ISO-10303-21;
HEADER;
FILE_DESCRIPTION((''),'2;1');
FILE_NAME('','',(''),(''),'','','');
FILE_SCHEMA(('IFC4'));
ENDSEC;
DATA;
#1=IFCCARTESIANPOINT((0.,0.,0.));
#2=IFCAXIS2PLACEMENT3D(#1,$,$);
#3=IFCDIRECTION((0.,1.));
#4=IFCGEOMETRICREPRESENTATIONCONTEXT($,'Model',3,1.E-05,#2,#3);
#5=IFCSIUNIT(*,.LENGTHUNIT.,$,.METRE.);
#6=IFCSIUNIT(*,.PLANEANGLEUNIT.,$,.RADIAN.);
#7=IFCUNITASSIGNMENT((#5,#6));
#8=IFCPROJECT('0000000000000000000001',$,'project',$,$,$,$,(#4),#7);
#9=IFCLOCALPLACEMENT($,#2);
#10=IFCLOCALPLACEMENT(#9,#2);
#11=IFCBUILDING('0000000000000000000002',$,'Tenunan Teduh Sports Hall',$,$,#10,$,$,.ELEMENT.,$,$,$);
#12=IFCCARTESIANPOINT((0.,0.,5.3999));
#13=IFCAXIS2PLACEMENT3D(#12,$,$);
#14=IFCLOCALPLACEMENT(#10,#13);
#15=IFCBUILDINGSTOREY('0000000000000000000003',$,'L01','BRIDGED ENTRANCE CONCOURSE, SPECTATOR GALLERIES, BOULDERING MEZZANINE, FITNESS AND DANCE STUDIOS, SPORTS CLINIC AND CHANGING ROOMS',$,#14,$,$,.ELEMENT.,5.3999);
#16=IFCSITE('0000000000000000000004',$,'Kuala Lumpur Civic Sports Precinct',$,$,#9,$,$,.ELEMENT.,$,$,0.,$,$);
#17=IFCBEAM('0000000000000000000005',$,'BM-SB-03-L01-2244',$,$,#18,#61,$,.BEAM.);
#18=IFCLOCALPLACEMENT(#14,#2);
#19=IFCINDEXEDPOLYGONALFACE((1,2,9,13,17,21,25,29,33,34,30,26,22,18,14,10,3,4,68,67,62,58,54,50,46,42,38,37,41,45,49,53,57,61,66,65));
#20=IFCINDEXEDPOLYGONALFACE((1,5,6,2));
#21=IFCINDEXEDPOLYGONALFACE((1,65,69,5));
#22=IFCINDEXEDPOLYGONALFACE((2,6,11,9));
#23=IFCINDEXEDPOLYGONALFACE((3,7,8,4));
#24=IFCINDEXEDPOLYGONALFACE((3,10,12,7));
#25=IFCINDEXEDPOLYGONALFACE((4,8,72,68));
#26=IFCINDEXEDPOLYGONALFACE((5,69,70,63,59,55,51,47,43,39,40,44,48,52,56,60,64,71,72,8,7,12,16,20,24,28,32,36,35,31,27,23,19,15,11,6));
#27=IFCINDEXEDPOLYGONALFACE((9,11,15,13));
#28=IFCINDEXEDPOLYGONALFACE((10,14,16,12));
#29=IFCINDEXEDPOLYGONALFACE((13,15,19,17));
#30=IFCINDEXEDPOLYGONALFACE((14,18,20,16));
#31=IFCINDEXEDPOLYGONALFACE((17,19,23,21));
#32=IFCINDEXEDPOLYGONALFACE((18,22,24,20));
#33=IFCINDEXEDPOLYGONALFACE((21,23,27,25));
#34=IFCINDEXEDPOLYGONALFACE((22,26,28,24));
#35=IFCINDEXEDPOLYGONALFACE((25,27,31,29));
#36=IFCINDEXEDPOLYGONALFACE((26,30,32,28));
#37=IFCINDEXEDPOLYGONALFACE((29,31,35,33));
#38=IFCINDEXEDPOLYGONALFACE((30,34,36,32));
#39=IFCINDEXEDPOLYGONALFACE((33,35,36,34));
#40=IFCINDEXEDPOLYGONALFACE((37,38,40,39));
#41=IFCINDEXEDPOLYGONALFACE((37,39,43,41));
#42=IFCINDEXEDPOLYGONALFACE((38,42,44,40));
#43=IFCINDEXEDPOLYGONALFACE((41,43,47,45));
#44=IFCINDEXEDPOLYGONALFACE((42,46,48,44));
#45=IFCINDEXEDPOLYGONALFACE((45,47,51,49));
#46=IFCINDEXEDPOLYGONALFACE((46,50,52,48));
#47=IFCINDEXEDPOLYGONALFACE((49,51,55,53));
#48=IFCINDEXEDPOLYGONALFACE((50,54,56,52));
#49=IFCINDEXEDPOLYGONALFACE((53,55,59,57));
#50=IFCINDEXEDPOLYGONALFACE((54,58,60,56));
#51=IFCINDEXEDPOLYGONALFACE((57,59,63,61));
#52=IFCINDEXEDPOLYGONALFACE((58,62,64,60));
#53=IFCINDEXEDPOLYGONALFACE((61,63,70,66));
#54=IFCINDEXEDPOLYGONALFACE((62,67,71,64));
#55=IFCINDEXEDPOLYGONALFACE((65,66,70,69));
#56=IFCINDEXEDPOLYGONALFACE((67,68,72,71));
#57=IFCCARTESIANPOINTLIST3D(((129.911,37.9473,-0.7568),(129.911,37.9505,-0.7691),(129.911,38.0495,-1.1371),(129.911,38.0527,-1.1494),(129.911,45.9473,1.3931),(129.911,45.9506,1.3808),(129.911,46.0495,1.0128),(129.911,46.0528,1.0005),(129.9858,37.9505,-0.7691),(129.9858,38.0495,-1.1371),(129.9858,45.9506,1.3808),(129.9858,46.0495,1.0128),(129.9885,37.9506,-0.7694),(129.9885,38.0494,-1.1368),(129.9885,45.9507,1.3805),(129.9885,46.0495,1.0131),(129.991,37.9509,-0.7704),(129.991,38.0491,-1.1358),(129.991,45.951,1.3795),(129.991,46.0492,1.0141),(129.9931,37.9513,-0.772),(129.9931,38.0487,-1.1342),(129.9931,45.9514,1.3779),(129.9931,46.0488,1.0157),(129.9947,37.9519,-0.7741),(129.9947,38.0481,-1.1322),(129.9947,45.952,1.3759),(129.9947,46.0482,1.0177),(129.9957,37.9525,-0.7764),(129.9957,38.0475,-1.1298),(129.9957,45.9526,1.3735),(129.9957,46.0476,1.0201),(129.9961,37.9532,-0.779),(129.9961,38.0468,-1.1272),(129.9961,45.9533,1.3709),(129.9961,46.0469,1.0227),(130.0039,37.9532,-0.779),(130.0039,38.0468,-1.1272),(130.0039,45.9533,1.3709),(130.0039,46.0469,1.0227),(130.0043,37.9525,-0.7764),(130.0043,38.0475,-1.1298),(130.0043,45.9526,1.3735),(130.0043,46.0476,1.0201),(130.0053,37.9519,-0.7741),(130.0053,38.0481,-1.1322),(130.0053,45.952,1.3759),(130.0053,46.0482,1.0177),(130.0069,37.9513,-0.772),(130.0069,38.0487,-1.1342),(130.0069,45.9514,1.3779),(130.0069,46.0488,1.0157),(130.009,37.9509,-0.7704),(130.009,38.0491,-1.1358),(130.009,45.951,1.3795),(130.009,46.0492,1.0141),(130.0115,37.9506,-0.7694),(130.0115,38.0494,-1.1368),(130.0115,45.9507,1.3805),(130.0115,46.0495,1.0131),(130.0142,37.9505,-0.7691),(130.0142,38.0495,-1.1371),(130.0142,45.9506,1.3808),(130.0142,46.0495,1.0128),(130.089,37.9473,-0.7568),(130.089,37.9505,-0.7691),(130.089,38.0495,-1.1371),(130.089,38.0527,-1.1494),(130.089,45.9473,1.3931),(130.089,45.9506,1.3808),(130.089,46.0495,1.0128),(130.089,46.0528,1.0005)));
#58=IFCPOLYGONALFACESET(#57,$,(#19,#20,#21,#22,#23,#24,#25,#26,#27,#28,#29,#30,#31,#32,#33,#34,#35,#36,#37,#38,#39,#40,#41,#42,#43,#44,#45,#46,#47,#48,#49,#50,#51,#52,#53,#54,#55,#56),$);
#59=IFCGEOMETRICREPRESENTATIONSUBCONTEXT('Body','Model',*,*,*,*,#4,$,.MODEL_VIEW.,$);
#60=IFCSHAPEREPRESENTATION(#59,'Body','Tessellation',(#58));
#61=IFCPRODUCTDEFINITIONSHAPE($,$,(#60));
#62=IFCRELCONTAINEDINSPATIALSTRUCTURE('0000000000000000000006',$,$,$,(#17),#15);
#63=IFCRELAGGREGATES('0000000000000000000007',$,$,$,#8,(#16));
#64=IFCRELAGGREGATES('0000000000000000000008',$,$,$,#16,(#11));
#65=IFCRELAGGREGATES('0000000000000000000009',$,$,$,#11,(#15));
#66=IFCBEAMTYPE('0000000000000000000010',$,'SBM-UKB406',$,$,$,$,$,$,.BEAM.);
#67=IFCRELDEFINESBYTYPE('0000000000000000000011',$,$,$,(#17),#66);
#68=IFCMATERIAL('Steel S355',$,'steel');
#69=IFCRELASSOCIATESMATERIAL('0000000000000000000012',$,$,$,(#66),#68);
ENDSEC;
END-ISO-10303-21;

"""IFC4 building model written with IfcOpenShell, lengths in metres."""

from ifc_helpers import new_model, si_unit, direction, frame, origin, origin_2d, place, context, subcontext, project, spatial, i_section, extrude, material, material_profile, profile_set, type_object, element, save


model = new_model("IFC4")

# Units and contexts
model_context = context("Model", 3, precision=1e-05, world=origin(), true_north=direction((0.0, 1.0)))
body_context = subcontext(model_context, "Body", "Model", "MODEL_VIEW")
ifc_project = project(units=[si_unit("LENGTHUNIT", "METRE"), si_unit("PLANEANGLEUNIT", "RADIAN")], contexts=[model_context])

# Site, building, storey
site_placement = place(None, origin())
site = spatial("IfcSite", under=ifc_project, at=site_placement, Name="Kuala Lumpur Civic Sports Precinct", CompositionType="ELEMENT", RefElevation=0.0)
building_placement = place(site_placement, origin())
building = spatial("IfcBuilding", under=site, at=building_placement, Name="Tenunan Teduh Sports Hall", CompositionType="ELEMENT")
storey_placement = place(building_placement, frame((0.0, 0.0, 5.3999)))
storey = spatial("IfcBuildingStorey", under=building, at=storey_placement, Name="L01", Description="BRIDGED ENTRANCE CONCOURSE, SPECTATOR GALLERIES, BOULDERING MEZZANINE, FITNESS AND DANCE STUDIOS, SPORTS CLINIC AND CHANGING ROOMS", CompositionType="ELEMENT", Elevation=5.3999)

# Beam
ifc_material_1 = material(Name="Steel S355", Category="steel")
ifc_material_profile_1 = material_profile(ifc_material_1, i_section(OverallWidth=0.178, OverallDepth=0.4065, WebThickness=0.0078, FlangeThickness=0.0127, FilletRadius=0.0103, at=origin_2d()), Name="UKB 406x178x60")
ifc_profile_set_1 = profile_set([ifc_material_profile_1], Name="Steel S355")
beam_type_1 = type_object("IfcBeamType", Name="SBM-UKB406", PredefinedType="BEAM", material=ifc_profile_set_1)
beam_1_placement = place(storey_placement, frame((130.0, 38.0, -0.9531), z_axis=(0.0, 0.965735, 0.25953), x_axis=(-1.0, 0.0, 0.0)))
element("IfcBeam", 1, at=beam_1_placement, inside=storey, type_object=beam_type_1, Name="BM-SB-03-L01-2244", PredefinedType="BEAM", context=body_context, shape_type="SweptSolid", body=[
    extrude(i_section(OverallWidth=0.178, OverallDepth=0.4065, WebThickness=0.0078, FlangeThickness=0.0127, FilletRadius=0.0103, at=origin_2d()), origin(), (0.0, 0.0, 1.0), 8.2839),
])

save(model, "model.ifc")
